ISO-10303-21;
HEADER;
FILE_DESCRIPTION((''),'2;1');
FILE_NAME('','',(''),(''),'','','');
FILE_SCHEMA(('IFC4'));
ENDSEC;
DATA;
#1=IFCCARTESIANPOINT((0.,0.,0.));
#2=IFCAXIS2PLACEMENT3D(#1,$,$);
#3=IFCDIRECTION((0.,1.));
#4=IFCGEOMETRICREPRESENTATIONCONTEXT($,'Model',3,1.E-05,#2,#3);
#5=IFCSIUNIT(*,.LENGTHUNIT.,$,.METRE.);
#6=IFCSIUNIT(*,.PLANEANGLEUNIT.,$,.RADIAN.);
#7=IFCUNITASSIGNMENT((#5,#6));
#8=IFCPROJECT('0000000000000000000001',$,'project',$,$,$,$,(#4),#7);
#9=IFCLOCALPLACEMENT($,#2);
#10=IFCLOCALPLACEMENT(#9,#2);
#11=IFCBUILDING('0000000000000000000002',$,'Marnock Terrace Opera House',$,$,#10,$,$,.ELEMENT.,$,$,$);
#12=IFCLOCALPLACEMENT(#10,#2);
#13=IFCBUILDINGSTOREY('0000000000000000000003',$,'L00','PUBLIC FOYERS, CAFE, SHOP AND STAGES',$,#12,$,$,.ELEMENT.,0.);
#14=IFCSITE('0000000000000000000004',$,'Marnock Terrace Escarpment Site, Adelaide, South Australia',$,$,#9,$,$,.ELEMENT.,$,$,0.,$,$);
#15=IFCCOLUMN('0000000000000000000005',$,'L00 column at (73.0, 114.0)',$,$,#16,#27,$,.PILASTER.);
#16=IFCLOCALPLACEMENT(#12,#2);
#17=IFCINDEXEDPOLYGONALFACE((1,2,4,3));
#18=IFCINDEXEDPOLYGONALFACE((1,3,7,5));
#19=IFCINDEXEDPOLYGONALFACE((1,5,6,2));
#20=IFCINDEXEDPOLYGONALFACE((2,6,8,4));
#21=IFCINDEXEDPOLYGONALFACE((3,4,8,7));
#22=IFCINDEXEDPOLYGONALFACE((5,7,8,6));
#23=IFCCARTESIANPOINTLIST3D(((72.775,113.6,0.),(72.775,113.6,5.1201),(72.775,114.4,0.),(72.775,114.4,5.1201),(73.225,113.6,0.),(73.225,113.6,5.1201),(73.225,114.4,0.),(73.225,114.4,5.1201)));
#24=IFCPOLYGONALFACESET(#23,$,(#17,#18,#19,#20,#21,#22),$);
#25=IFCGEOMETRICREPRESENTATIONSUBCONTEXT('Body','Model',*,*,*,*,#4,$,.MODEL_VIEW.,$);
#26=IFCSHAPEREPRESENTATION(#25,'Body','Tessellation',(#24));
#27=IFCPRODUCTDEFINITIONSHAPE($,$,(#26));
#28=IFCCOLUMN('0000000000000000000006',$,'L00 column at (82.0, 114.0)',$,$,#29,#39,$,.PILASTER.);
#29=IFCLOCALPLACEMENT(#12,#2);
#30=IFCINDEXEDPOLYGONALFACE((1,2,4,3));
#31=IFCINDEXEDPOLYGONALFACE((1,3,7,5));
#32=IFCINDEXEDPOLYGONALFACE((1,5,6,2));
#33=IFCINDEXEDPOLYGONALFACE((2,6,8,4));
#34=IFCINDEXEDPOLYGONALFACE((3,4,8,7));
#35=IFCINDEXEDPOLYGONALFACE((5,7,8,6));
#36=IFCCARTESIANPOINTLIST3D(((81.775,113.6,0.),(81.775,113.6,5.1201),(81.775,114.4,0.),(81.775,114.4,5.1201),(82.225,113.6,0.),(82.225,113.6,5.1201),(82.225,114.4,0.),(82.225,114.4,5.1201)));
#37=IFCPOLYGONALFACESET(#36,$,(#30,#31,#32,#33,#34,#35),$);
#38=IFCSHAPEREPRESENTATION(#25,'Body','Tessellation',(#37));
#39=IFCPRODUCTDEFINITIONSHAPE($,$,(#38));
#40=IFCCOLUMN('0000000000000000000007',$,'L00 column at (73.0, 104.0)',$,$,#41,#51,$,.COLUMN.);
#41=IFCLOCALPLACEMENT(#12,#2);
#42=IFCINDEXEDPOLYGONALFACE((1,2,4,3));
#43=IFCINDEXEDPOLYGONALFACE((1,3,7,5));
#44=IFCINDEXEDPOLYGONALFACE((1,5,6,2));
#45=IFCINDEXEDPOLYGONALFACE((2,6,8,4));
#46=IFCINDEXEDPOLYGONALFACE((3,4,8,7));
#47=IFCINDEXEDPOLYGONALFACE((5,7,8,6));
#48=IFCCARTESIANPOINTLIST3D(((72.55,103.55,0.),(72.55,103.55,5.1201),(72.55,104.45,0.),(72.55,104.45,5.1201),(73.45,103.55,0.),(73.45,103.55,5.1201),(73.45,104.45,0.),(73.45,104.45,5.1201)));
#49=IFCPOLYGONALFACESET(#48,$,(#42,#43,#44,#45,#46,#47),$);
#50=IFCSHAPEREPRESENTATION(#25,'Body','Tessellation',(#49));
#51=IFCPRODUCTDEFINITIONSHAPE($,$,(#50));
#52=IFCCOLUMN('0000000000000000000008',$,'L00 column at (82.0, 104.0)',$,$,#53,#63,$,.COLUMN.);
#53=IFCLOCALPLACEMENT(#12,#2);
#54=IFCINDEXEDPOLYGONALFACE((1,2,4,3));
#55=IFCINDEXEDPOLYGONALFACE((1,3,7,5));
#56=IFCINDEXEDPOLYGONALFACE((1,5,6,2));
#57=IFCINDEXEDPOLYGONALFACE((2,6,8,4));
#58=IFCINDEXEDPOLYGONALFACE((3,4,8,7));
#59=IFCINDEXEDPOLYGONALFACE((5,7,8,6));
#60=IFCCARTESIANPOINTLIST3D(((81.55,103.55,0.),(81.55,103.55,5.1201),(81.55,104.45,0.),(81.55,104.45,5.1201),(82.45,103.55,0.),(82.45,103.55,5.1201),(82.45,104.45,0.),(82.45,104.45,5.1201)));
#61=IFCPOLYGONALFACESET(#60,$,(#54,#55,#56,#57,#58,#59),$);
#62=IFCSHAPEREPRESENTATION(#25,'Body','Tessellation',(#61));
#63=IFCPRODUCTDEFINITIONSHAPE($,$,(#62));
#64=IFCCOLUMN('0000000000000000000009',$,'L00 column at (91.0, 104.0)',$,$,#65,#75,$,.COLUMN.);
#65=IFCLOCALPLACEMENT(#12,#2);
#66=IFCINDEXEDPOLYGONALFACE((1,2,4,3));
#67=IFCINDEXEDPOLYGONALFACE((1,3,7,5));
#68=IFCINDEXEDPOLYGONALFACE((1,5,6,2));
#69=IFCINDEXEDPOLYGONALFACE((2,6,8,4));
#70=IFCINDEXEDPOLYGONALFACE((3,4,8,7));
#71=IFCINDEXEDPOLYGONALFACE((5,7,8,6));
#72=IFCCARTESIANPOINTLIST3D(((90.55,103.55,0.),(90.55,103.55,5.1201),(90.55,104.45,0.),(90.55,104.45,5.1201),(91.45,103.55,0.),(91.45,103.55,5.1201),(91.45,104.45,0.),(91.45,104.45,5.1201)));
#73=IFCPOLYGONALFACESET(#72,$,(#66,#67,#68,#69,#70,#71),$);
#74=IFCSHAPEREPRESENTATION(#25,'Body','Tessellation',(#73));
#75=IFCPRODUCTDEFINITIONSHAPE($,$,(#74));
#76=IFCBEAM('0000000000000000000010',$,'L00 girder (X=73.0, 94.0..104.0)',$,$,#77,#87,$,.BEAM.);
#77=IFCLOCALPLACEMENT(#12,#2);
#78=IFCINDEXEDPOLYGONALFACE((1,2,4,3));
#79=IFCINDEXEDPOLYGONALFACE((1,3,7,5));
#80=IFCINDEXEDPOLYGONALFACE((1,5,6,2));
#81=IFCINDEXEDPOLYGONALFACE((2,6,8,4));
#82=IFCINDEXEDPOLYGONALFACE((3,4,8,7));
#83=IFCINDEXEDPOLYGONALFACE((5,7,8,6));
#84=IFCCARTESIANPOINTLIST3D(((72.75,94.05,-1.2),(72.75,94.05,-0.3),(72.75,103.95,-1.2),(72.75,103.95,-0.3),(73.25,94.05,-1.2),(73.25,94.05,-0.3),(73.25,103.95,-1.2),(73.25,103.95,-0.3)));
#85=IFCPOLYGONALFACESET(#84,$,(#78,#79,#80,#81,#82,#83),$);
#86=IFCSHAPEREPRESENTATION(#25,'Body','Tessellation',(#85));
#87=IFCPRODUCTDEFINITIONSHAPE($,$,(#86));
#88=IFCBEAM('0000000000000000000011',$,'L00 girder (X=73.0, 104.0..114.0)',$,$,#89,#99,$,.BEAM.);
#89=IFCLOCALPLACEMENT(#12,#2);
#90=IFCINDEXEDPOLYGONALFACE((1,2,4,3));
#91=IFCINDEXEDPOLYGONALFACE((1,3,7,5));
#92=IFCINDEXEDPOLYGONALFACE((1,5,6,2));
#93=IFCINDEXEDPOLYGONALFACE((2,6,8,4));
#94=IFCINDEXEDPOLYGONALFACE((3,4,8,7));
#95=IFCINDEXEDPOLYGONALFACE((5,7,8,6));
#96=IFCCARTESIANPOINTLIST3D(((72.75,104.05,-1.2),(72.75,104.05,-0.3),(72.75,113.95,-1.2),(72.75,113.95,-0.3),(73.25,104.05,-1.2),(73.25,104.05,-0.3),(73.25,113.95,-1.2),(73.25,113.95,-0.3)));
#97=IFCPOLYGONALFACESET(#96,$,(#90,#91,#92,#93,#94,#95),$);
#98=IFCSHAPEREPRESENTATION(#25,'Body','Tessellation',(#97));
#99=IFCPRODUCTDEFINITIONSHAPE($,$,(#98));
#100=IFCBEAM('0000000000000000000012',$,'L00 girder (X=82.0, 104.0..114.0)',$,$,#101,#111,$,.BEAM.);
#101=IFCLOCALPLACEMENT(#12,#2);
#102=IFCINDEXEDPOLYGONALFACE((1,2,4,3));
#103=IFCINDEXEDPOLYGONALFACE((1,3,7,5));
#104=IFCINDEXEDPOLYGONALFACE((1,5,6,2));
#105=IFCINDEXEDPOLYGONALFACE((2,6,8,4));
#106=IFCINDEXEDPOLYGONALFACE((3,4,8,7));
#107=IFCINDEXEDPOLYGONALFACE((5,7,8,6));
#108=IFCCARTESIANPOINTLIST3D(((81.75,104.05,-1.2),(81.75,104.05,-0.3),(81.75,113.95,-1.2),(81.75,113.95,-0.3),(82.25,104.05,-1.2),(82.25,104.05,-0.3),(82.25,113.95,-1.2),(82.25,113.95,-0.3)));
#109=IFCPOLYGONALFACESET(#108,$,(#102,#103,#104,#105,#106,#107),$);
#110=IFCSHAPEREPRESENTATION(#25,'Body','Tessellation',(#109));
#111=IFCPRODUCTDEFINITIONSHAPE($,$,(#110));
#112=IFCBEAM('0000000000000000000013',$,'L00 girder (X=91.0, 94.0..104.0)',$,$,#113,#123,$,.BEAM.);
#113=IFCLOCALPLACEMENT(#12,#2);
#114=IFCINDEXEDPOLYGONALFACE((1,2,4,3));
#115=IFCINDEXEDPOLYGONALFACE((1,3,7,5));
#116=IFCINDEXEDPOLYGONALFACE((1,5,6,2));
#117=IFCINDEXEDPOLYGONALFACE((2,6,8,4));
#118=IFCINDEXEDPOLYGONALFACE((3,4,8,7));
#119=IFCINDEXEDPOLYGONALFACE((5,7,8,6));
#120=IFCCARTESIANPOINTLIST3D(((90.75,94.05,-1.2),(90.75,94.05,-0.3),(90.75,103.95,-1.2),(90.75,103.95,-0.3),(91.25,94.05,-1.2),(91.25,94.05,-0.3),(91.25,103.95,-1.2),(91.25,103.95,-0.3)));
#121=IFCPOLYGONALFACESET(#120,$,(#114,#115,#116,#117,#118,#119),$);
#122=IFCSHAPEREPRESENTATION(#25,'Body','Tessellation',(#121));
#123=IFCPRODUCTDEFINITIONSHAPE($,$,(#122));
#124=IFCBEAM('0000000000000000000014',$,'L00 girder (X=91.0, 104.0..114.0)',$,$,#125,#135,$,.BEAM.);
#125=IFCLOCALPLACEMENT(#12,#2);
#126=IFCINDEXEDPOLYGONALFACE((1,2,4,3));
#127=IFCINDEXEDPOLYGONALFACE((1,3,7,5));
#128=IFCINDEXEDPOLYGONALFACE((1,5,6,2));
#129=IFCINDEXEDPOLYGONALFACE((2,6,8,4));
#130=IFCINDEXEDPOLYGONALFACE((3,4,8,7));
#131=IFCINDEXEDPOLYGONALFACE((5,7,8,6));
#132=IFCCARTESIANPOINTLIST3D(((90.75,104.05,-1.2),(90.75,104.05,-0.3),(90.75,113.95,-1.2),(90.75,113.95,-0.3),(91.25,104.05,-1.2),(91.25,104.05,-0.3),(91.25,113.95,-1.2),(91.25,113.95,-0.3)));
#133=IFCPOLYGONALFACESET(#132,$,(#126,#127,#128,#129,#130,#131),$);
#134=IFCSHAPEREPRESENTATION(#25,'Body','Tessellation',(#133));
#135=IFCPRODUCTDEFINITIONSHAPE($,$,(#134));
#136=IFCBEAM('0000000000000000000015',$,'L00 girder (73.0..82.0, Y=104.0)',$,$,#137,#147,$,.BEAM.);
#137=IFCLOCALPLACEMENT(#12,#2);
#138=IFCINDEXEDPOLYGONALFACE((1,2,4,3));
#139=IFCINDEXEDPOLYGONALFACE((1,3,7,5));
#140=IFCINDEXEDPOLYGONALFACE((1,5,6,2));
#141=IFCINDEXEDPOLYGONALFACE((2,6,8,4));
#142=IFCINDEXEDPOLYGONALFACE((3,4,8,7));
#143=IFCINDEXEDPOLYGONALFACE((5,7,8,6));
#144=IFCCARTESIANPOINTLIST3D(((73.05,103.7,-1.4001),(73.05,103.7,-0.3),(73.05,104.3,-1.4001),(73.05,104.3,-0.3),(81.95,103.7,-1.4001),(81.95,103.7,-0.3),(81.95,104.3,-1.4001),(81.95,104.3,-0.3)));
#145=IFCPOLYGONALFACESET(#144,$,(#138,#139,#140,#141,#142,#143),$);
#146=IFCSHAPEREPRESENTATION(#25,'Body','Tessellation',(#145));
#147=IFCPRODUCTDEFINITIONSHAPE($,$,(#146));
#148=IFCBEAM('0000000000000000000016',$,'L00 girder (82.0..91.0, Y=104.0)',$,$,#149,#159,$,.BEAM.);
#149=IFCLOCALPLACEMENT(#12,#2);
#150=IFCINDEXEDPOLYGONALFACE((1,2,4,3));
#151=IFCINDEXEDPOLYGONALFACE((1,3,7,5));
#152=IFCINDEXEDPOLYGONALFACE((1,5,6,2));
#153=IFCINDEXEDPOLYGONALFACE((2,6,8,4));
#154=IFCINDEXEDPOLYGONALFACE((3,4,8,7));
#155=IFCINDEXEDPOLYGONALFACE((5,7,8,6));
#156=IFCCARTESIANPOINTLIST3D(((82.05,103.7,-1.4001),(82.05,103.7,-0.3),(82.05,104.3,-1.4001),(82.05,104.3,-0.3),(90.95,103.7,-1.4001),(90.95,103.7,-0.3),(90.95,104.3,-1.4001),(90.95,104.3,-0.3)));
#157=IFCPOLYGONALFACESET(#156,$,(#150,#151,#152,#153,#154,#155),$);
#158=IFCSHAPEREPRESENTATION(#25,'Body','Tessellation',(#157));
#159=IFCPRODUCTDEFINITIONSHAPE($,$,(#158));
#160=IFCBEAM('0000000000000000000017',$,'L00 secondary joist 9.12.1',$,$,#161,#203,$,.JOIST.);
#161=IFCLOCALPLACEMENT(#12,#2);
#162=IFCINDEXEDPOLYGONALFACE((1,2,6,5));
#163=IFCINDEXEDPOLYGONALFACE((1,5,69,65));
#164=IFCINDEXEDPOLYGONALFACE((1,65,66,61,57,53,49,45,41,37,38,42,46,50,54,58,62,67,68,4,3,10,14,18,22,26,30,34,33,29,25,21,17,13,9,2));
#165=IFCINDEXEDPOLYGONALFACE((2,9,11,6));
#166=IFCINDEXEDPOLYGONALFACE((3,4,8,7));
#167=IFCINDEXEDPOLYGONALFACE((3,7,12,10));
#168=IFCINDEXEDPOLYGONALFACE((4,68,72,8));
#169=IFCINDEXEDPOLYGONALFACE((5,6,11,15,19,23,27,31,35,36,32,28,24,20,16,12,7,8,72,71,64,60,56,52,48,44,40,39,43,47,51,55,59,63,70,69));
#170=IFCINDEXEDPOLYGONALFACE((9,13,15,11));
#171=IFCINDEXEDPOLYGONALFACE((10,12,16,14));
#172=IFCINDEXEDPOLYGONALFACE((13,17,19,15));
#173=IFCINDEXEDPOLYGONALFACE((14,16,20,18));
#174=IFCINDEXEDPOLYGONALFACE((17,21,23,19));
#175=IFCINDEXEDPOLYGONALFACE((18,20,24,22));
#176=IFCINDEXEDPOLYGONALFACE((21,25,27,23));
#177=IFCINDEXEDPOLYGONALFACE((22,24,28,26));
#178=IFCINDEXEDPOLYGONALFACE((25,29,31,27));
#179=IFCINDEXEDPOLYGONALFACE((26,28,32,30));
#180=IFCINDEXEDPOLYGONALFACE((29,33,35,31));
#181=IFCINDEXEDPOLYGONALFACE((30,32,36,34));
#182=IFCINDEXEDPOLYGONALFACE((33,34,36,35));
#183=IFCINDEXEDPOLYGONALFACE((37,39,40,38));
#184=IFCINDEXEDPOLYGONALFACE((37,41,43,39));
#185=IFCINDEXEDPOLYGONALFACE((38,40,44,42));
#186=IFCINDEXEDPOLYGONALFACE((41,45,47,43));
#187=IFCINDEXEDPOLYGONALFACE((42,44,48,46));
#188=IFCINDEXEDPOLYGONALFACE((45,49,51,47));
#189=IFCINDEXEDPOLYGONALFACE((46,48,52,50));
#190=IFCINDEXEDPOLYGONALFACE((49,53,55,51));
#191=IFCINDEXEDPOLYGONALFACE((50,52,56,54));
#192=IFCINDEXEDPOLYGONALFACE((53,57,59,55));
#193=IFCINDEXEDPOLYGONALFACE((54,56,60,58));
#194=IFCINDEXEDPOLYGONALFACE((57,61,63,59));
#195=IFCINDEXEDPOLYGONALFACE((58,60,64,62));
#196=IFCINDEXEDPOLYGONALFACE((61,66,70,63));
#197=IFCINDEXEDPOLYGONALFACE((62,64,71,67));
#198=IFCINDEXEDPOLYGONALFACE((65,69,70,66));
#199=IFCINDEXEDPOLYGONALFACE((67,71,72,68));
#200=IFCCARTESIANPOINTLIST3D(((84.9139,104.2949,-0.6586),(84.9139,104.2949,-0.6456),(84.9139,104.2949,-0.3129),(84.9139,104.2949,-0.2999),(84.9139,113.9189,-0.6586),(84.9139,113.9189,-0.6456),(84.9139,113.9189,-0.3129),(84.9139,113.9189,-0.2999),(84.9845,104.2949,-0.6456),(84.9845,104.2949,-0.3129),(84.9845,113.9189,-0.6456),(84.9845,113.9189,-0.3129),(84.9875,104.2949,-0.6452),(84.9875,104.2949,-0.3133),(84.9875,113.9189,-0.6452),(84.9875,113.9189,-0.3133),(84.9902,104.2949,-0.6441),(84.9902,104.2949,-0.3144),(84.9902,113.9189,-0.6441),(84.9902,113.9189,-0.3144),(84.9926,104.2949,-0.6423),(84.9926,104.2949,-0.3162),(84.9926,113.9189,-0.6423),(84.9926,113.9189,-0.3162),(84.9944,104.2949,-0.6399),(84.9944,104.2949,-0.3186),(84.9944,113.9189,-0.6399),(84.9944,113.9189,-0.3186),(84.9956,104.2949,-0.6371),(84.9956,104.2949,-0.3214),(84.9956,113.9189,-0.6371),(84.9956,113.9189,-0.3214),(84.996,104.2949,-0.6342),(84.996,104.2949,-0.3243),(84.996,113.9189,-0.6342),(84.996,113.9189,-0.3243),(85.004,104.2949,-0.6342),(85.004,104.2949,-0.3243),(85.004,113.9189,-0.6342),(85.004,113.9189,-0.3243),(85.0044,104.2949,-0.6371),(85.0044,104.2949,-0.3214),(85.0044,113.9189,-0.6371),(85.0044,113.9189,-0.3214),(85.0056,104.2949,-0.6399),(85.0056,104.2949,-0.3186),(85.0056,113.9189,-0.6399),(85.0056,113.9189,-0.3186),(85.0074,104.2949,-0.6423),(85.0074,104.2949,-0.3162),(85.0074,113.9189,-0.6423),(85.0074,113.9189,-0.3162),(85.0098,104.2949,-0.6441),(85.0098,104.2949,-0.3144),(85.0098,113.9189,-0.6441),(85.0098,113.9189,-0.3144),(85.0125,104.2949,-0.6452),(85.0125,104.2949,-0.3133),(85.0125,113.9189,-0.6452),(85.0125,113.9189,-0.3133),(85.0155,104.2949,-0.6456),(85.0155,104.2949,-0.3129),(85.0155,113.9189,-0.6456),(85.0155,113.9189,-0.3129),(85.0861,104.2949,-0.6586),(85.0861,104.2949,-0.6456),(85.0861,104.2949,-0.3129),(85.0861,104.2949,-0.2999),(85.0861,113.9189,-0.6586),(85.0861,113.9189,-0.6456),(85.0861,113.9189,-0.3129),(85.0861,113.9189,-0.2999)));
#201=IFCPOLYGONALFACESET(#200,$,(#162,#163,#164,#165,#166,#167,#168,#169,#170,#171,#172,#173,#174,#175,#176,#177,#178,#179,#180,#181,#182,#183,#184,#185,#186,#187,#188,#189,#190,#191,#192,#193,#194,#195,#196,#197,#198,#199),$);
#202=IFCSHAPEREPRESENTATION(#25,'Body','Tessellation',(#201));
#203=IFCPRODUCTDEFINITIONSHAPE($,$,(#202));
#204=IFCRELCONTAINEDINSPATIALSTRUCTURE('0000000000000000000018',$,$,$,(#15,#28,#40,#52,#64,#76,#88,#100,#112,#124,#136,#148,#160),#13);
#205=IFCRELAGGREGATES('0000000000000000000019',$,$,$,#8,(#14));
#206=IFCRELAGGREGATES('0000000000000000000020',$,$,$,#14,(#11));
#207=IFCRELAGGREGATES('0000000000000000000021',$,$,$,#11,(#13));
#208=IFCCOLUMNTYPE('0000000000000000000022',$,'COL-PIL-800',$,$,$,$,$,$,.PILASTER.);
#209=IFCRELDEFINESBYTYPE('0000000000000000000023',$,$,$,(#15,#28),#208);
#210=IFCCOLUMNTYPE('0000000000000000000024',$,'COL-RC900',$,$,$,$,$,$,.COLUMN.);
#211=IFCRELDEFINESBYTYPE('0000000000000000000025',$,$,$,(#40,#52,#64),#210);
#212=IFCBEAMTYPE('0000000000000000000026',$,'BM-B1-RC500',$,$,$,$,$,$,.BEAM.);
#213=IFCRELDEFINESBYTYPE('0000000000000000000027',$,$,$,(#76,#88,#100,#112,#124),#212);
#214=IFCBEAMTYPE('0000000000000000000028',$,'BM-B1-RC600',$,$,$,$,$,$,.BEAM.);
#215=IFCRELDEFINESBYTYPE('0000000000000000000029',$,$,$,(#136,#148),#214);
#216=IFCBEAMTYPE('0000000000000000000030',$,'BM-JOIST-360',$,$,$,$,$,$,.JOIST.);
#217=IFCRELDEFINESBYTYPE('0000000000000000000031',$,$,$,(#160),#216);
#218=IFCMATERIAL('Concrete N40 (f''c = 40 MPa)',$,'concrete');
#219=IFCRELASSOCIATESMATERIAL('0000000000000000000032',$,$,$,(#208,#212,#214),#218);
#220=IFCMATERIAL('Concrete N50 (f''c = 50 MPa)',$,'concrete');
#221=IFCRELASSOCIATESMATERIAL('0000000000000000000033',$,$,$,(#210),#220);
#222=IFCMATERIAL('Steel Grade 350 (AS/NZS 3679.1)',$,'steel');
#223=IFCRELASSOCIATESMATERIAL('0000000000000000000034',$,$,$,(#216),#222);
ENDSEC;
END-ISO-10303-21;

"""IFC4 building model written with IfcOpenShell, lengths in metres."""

from ifc_helpers import new_model, si_unit, direction, frame, origin, origin_2d, place, context, subcontext, project, spatial, rectangle, i_section, extrude, material, material_profile, profile_set, type_object, element, save


model = new_model("IFC4")

# Units and contexts
model_context = context("Model", 3, precision=1e-05, world=origin(), true_north=direction((0.0, 1.0)))
body_context = subcontext(model_context, "Body", "Model", "MODEL_VIEW")
ifc_project = project(units=[si_unit("LENGTHUNIT", "METRE"), si_unit("PLANEANGLEUNIT", "RADIAN")], contexts=[model_context])

# Site, building, storey
site_placement = place(None, origin())
site = spatial("IfcSite", under=ifc_project, at=site_placement, Name="Marnock Terrace Escarpment Site, Adelaide, South Australia", CompositionType="ELEMENT", RefElevation=0.0)
building_placement = place(site_placement, origin())
building = spatial("IfcBuilding", under=site, at=building_placement, Name="Marnock Terrace Opera House", CompositionType="ELEMENT")
storey_placement = place(building_placement, origin())
storey = spatial("IfcBuildingStorey", under=building, at=storey_placement, Name="L00", Description="PUBLIC FOYERS, CAFE, SHOP AND STAGES", CompositionType="ELEMENT", Elevation=0.0)

# Columns
ifc_material_1 = material(Name="Concrete N40 (f'c = 40 MPa)", Category="concrete")
ifc_material_profile_1 = material_profile(ifc_material_1, rectangle(XDim=0.45, YDim=0.8, at=origin_2d()))
ifc_profile_set_1 = profile_set([ifc_material_profile_1], Name="Concrete N40 (f'c = 40 MPa)")
column_type_1 = type_object("IfcColumnType", Name="COL-PIL-800", PredefinedType="PILASTER", material=ifc_profile_set_1)
for number, where, z_axis, x_axis, name in (
    (1, (73.0, 114.0, 0.0), (0.0, 0.0, 1.0), (1.0, 0.0, 0.0), "L00 column at (73.0, 114.0)"),
    (2, (82.0, 114.0, 0.0), (0.0, 0.0, 1.0), (1.0, 0.0, 0.0), "L00 column at (82.0, 114.0)"),
):
    element("IfcColumn", number, at=place(storey_placement, frame(where, z_axis=z_axis, x_axis=x_axis)), inside=storey, type_object=column_type_1, Name=name, PredefinedType="PILASTER", context=body_context, shape_type="SweptSolid", body=[
        extrude(rectangle(XDim=0.45, YDim=0.8, at=origin_2d()), origin(), (0.0, 0.0, 1.0), 5.1201),
    ])
ifc_material_2 = material(Name="Concrete N50 (f'c = 50 MPa)", Category="concrete")
ifc_material_profile_2 = material_profile(ifc_material_2, rectangle(XDim=0.8999, YDim=0.8999, at=origin_2d()))
ifc_profile_set_2 = profile_set([ifc_material_profile_2], Name="Concrete N50 (f'c = 50 MPa)")
column_type_2 = type_object("IfcColumnType", Name="COL-RC900", PredefinedType="COLUMN", material=ifc_profile_set_2)
for number, where, z_axis, x_axis, name in (
    (3, (73.0, 104.0, 0.0), (0.0, 0.0, 1.0), (1.0, 0.0, 0.0), "L00 column at (73.0, 104.0)"),
    (4, (82.0, 104.0, 0.0), (0.0, 0.0, 1.0), (1.0, 0.0, 0.0), "L00 column at (82.0, 104.0)"),
    (5, (91.0, 104.0, 0.0), (0.0, 0.0, 1.0), (1.0, 0.0, 0.0), "L00 column at (91.0, 104.0)"),
):
    element("IfcColumn", number, at=place(storey_placement, frame(where, z_axis=z_axis, x_axis=x_axis)), inside=storey, type_object=column_type_2, Name=name, PredefinedType="COLUMN", context=body_context, shape_type="SweptSolid", body=[
        extrude(rectangle(XDim=0.8999, YDim=0.8999, at=origin_2d()), origin(), (0.0, 0.0, 1.0), 5.1201),
    ])

# Beams
ifc_material_profile_3 = material_profile(ifc_material_1, rectangle(XDim=0.5, YDim=0.8999, at=origin_2d()))
ifc_profile_set_3 = profile_set([ifc_material_profile_3], Name="Concrete N40 (f'c = 40 MPa)")
beam_type_1 = type_object("IfcBeamType", Name="BM-B1-RC500", PredefinedType="BEAM", material=ifc_profile_set_3)
for number, where, z_axis, x_axis, name in (
    (6, (73.0, 94.05, -0.75), (0.0, 1.0, 0.0), (-1.0, 0.0, 0.0), "L00 girder (X=73.0, 94.0..104.0)"),
    (7, (73.0, 104.05, -0.75), (0.0, 1.0, 0.0), (-1.0, 0.0, 0.0), "L00 girder (X=73.0, 104.0..114.0)"),
    (8, (82.0, 104.05, -0.75), (0.0, 1.0, 0.0), (-1.0, 0.0, 0.0), "L00 girder (X=82.0, 104.0..114.0)"),
    (9, (91.0, 94.05, -0.75), (0.0, 1.0, 0.0), (-1.0, 0.0, 0.0), "L00 girder (X=91.0, 94.0..104.0)"),
    (10, (91.0, 104.05, -0.75), (0.0, 1.0, 0.0), (-1.0, 0.0, 0.0), "L00 girder (X=91.0, 104.0..114.0)"),
):
    element("IfcBeam", number, at=place(storey_placement, frame(where, z_axis=z_axis, x_axis=x_axis)), inside=storey, type_object=beam_type_1, Name=name, PredefinedType="BEAM", context=body_context, shape_type="SweptSolid", body=[
        extrude(rectangle(XDim=0.5, YDim=0.8999, at=origin_2d()), origin(), (0.0, 0.0, 1.0), 9.8999),
    ])
ifc_material_profile_4 = material_profile(ifc_material_1, rectangle(XDim=0.6001, YDim=1.1001, at=origin_2d()))
ifc_profile_set_4 = profile_set([ifc_material_profile_4], Name="Concrete N40 (f'c = 40 MPa)")
beam_type_2 = type_object("IfcBeamType", Name="BM-B1-RC600", PredefinedType="BEAM", material=ifc_profile_set_4)
for number, where, z_axis, x_axis, name in (
    (11, (73.05, 104.0, -0.8501), (1.0, 0.0, 0.0), (0.0, 1.0, 0.0), "L00 girder (73.0..82.0, Y=104.0)"),
    (12, (82.05, 104.0, -0.8501), (1.0, 0.0, 0.0), (0.0, 1.0, 0.0), "L00 girder (82.0..91.0, Y=104.0)"),
):
    element("IfcBeam", number, at=place(storey_placement, frame(where, z_axis=z_axis, x_axis=x_axis)), inside=storey, type_object=beam_type_2, Name=name, PredefinedType="BEAM", context=body_context, shape_type="SweptSolid", body=[
        extrude(rectangle(XDim=0.6001, YDim=1.1001, at=origin_2d()), origin(), (0.0, 0.0, 1.0), 8.8999),
    ])
ifc_material_3 = material(Name="Steel Grade 350 (AS/NZS 3679.1)", Category="steel")
ifc_material_profile_5 = material_profile(ifc_material_3, i_section(OverallWidth=0.1721, OverallDepth=0.3586, WebThickness=0.0081, FlangeThickness=0.0129, FilletRadius=0.0115, at=origin_2d()))
ifc_profile_set_5 = profile_set([ifc_material_profile_5], Name="Steel Grade 350 (AS/NZS 3679.1)")
beam_type_3 = type_object("IfcBeamType", Name="BM-JOIST-360", PredefinedType="JOIST", material=ifc_profile_set_5)
for number, where, z_axis, x_axis, name in (
    (13, (85.0, 104.2949, -0.4792), (0.0, 1.0, 0.0), (-1.0, 0.0, 0.0), "L00 secondary joist 9.12.1"),
):
    element("IfcBeam", number, at=place(storey_placement, frame(where, z_axis=z_axis, x_axis=x_axis)), inside=storey, type_object=beam_type_3, Name=name, PredefinedType="JOIST", context=body_context, shape_type="SweptSolid", body=[
        extrude(i_section(OverallWidth=0.1721, OverallDepth=0.3586, WebThickness=0.0081, FlangeThickness=0.0129, FilletRadius=0.0115, at=origin_2d()), origin(), (0.0, 0.0, 1.0), 9.624),
    ])

save(model, "model.ifc")
